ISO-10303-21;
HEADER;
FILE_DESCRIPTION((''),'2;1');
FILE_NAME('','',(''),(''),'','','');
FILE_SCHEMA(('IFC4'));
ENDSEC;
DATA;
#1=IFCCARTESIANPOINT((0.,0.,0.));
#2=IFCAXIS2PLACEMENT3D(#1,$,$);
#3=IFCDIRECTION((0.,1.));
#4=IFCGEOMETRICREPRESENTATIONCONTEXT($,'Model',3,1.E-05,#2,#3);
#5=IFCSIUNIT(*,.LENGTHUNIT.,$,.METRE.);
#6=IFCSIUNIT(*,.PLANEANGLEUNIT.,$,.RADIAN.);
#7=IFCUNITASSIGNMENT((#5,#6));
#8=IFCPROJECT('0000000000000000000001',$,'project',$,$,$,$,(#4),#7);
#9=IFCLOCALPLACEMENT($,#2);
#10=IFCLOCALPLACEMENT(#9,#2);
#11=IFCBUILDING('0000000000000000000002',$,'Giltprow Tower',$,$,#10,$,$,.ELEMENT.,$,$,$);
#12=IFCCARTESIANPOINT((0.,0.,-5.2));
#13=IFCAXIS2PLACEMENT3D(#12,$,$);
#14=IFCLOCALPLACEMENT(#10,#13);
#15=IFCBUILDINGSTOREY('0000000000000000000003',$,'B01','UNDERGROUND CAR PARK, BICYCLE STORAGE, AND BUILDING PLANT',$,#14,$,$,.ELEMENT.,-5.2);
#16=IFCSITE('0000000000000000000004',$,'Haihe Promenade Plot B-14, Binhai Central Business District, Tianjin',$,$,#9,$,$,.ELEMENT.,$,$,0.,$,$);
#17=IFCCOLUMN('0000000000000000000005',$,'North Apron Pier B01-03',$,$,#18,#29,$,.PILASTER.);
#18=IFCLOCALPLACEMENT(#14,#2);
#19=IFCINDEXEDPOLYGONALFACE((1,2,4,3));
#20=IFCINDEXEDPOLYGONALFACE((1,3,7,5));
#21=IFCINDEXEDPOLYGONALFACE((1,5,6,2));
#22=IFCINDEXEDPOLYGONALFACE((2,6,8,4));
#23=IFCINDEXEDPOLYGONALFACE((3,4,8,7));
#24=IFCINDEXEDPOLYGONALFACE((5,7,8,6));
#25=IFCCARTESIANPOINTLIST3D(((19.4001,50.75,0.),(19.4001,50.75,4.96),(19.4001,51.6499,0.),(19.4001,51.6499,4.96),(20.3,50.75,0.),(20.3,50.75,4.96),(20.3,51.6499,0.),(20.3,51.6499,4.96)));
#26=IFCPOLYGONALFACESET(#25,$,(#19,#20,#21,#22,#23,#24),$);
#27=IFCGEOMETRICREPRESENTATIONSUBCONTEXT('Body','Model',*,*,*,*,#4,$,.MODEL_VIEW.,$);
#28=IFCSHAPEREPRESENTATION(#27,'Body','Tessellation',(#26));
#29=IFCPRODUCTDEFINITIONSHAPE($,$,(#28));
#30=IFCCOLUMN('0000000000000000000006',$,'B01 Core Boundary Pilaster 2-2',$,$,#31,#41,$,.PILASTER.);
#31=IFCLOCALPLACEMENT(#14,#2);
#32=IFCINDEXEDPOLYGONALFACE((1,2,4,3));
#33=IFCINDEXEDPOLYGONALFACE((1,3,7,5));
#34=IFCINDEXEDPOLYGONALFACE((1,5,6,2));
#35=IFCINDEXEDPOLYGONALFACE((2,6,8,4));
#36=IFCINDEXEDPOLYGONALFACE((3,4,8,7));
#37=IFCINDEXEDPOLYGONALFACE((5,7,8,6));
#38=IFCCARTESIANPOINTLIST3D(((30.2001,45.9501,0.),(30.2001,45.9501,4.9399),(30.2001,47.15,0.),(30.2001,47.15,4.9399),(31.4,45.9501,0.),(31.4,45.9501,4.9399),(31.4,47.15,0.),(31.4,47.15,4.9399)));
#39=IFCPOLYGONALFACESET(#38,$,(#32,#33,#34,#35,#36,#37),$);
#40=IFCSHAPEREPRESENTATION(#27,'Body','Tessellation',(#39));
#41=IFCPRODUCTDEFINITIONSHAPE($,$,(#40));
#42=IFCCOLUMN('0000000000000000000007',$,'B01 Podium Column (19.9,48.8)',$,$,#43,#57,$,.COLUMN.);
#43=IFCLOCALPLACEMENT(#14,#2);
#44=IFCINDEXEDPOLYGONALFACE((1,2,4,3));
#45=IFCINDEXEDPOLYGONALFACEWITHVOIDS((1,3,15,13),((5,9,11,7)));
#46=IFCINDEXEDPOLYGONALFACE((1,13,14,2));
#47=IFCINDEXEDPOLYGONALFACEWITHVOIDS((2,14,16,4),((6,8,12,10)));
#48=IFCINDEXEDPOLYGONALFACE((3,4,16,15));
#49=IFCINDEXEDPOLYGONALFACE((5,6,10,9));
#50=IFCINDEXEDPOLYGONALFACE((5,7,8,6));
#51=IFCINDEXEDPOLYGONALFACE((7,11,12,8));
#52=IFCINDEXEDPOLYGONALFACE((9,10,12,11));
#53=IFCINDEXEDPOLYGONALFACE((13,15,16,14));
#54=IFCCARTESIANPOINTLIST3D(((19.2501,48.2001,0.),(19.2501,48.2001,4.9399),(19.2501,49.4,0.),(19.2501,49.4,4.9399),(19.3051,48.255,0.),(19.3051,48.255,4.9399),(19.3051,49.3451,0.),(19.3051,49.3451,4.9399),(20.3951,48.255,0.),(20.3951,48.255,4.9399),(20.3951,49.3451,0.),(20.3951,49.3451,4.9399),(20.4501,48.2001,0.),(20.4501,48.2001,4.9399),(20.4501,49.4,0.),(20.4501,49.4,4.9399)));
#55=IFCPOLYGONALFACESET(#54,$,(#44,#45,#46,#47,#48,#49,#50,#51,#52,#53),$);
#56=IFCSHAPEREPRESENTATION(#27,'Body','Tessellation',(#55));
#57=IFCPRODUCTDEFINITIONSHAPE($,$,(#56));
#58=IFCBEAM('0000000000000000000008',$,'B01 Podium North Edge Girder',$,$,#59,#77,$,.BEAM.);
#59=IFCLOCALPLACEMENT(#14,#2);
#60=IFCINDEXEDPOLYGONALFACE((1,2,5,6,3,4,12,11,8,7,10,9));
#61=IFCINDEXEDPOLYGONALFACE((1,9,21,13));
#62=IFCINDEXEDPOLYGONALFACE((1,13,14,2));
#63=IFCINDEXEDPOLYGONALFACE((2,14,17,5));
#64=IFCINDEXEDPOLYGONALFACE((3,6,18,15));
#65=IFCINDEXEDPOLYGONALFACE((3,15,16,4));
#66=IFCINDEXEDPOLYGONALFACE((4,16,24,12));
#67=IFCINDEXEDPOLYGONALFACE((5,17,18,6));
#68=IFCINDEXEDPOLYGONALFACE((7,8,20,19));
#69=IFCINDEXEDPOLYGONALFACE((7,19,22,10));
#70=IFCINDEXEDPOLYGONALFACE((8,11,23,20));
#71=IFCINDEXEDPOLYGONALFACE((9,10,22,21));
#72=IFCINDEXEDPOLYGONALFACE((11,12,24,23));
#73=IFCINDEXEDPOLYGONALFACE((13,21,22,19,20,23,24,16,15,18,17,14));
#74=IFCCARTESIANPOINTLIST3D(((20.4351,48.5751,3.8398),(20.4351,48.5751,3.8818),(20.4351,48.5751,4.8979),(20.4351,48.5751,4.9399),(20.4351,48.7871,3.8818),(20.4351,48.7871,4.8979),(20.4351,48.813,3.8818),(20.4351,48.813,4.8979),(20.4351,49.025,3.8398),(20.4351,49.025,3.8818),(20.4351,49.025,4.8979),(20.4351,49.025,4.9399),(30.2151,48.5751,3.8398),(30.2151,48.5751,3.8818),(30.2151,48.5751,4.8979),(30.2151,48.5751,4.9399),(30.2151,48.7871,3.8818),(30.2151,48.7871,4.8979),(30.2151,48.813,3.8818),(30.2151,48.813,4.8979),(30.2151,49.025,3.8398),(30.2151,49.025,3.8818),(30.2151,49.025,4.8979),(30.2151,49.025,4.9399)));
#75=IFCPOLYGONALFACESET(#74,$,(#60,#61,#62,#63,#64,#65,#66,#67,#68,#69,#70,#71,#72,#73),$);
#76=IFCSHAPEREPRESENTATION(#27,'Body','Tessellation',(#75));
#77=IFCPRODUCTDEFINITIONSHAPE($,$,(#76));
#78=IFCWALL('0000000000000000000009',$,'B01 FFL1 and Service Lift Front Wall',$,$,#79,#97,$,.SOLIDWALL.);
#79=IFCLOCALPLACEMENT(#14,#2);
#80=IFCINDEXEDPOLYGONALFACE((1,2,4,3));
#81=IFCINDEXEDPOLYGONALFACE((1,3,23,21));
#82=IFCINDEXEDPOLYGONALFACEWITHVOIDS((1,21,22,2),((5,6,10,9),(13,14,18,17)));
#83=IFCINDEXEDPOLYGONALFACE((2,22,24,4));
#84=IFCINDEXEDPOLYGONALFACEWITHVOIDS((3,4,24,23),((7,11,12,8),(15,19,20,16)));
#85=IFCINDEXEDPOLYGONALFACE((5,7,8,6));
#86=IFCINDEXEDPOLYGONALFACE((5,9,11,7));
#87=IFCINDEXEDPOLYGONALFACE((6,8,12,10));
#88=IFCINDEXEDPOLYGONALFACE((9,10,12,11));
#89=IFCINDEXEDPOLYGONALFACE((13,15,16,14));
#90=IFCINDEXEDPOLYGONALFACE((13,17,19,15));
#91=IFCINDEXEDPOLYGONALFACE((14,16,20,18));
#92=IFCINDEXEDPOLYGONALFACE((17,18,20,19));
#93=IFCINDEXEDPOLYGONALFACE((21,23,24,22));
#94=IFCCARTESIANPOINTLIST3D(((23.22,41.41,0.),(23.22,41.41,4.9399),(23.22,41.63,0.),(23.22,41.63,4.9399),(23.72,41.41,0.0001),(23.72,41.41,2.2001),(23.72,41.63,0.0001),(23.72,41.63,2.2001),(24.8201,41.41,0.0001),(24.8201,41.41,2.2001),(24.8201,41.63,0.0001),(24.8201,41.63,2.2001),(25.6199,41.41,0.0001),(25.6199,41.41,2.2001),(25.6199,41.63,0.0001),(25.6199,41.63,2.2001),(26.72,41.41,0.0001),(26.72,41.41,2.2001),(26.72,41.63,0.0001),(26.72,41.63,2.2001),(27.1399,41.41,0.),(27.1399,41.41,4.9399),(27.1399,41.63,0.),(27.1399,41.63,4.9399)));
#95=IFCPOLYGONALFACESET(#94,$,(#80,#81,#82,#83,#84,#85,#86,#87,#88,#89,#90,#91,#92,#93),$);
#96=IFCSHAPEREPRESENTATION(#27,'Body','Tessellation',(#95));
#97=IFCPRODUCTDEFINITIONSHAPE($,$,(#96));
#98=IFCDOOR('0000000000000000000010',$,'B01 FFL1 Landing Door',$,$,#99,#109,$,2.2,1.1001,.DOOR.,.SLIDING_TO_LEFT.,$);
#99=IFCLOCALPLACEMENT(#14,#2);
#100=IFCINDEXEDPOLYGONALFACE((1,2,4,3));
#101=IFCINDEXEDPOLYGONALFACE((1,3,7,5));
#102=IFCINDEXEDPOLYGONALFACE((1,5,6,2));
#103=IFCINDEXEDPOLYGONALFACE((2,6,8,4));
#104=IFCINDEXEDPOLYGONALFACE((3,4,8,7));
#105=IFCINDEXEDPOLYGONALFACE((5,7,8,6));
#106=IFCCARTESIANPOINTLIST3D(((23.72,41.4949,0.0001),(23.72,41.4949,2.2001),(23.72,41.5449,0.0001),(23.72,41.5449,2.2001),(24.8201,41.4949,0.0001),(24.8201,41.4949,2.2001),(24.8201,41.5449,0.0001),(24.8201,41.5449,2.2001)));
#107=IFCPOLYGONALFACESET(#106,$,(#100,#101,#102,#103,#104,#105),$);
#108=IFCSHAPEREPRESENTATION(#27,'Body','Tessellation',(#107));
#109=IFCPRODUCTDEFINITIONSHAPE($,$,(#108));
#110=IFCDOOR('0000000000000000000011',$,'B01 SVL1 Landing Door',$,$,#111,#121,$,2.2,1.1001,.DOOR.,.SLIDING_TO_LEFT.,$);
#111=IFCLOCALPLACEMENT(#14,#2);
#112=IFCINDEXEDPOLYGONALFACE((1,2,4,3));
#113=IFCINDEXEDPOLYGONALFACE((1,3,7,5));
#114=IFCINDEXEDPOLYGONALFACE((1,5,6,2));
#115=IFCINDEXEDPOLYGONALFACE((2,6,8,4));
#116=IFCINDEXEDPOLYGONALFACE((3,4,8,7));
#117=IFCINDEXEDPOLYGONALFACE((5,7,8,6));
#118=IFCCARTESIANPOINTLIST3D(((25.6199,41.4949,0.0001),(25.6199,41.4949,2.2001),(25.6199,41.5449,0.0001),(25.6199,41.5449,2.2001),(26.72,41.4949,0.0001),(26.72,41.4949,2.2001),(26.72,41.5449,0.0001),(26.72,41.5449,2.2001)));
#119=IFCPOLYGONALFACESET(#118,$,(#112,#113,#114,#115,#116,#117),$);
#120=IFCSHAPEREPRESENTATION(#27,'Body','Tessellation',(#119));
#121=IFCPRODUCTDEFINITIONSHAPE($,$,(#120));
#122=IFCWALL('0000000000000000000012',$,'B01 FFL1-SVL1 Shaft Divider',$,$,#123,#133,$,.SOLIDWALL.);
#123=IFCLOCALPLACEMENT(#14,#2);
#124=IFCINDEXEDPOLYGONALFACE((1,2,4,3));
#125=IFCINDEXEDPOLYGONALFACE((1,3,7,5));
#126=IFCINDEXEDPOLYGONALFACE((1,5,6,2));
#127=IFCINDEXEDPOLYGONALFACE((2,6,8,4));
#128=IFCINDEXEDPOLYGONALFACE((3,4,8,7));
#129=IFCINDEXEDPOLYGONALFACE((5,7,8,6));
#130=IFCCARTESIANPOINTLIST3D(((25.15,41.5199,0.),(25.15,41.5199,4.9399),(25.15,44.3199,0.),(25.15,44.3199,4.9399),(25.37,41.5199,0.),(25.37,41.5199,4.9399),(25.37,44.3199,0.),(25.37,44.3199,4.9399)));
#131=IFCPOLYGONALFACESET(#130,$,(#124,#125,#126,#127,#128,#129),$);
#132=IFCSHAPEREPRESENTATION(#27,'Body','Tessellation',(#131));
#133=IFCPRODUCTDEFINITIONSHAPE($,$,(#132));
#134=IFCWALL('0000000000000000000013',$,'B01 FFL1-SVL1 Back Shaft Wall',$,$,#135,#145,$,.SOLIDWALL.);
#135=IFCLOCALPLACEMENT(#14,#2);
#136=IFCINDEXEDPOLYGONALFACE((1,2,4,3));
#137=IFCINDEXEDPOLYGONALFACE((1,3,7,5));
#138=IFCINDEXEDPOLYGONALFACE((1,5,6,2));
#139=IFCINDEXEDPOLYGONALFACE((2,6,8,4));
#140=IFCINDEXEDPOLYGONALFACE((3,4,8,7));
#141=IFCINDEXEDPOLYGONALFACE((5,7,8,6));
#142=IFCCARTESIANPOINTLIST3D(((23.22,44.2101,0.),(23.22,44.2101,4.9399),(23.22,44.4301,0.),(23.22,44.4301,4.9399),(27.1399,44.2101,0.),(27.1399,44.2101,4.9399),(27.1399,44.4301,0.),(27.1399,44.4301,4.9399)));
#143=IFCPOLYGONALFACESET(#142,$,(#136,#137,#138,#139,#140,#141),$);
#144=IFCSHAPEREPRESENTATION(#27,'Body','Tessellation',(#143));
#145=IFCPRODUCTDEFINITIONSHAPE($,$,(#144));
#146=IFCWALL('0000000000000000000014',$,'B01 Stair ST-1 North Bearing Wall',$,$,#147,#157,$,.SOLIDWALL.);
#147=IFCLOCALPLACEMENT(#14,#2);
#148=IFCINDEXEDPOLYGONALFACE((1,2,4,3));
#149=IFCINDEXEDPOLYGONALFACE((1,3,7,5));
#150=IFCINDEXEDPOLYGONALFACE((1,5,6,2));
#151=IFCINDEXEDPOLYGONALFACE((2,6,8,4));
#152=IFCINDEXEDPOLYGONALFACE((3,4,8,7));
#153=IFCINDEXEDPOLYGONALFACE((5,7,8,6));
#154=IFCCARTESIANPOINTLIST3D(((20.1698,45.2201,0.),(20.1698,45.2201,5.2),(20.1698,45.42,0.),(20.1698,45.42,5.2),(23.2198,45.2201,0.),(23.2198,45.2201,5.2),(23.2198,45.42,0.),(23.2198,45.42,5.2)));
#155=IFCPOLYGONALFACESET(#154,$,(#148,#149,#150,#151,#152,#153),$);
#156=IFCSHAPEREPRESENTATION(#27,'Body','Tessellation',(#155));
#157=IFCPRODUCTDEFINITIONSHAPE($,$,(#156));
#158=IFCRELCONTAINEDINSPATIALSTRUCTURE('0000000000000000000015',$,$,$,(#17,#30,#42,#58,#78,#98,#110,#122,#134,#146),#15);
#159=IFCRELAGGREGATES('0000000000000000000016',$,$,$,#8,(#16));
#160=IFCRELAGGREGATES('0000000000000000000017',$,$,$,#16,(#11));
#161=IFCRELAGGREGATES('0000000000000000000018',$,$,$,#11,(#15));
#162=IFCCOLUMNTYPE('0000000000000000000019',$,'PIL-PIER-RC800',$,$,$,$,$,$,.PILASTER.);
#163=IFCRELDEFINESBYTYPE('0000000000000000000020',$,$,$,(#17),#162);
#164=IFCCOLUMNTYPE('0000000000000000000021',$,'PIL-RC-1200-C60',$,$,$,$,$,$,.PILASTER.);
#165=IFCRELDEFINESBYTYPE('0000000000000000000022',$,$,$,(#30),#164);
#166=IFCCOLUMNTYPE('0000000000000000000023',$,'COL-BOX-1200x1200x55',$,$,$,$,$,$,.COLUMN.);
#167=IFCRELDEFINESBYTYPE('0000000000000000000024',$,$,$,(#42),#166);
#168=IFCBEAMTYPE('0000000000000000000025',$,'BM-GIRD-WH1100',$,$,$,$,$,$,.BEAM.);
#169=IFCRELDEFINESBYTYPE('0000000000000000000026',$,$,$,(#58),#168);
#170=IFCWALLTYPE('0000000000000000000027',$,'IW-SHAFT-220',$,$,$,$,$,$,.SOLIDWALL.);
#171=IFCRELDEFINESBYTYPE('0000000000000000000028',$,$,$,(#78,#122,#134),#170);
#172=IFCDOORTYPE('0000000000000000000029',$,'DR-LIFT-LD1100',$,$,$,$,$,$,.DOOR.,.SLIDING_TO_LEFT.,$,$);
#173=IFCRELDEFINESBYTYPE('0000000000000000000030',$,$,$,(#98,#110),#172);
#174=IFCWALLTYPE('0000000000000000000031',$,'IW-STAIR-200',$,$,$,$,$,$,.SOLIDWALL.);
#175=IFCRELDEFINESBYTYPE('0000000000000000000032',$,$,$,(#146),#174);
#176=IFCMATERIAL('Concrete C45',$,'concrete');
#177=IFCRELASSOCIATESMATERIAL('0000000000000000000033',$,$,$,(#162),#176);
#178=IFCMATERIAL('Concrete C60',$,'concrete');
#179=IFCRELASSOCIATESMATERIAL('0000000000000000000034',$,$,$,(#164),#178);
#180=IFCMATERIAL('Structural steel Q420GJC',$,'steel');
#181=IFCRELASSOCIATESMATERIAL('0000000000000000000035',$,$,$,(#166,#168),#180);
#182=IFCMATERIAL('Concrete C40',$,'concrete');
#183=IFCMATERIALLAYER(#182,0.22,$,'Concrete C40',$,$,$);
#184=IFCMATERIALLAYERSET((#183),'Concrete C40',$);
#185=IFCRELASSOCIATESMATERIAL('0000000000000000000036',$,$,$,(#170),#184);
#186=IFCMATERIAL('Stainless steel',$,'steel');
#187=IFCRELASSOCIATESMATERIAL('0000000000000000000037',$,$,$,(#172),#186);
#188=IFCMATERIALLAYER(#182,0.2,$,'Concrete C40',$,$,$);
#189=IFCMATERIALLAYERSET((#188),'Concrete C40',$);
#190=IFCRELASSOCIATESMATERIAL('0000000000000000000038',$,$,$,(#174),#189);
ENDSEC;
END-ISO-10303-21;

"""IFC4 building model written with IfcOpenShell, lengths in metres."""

from ifc_helpers import new_model, si_unit, direction, frame, frame_2d, origin, origin_2d, place, context, subcontext, project, spatial, rectangle, hollow_rectangle, i_section, extrude, source, transform, mapped, material, layer, layer_set, material_profile, profile_set, type_object, element, fill, save


model = new_model("IFC4")

# Units and contexts
model_context = context("Model", 3, precision=1e-05, world=origin(), true_north=direction((0.0, 1.0)))
body_context = subcontext(model_context, "Body", "Model", "MODEL_VIEW")
ifc_project = project(units=[si_unit("LENGTHUNIT", "METRE"), si_unit("PLANEANGLEUNIT", "RADIAN")], contexts=[model_context])

# Site, building, storey
site_placement = place(None, origin())
site = spatial("IfcSite", under=ifc_project, at=site_placement, Name="Haihe Promenade Plot B-14, Binhai Central Business District, Tianjin", CompositionType="ELEMENT", RefElevation=0.0)
building_placement = place(site_placement, origin())
building = spatial("IfcBuilding", under=site, at=building_placement, Name="Giltprow Tower", CompositionType="ELEMENT")
storey_placement = place(building_placement, frame((0.0, 0.0, -5.2)))
storey = spatial("IfcBuildingStorey", under=building, at=storey_placement, Name="B01", Description="UNDERGROUND CAR PARK, BICYCLE STORAGE, AND BUILDING PLANT", CompositionType="ELEMENT", Elevation=-5.2)

# Columns
ifc_material_1 = material(Name="Concrete C45", Category="concrete")
ifc_material_profile_1 = material_profile(ifc_material_1, rectangle(XDim=0.8999, YDim=0.8999, at=origin_2d()), Name="RC 900x900")
ifc_profile_set_1 = profile_set([ifc_material_profile_1], Name="Concrete C45")
column_type_1 = type_object("IfcColumnType", Name="PIL-PIER-RC800", PredefinedType="PILASTER", material=ifc_profile_set_1)
shared_shape_1 = source(origin(), body_context, "Body", "SweptSolid", [
    extrude(rectangle(XDim=0.8999, YDim=0.8999, at=origin_2d()), origin(), (0.0, 0.0, 1.0), 4.96),
])
column_1_placement = place(storey_placement, frame((19.8501, 51.2, 0.0), z_axis=(0.0, 0.0, 1.0), x_axis=(1.0, 0.0, 0.0)))
element("IfcColumn", 1, at=column_1_placement, inside=storey, type_object=column_type_1, Name="North Apron Pier B01-03", PredefinedType="PILASTER", context=body_context, shape_type="MappedRepresentation", body=[
    mapped(shared_shape_1, transform((0.0, 0.0, 0.0), x_axis=(1.0, 0.0, 0.0), y_axis=(0.0, 1.0, 0.0), z_axis=(0.0, 0.0, 1.0), scale=1.0)),
])
ifc_material_2 = material(Name="Concrete C60", Category="concrete")
ifc_material_profile_2 = material_profile(ifc_material_2, rectangle(XDim=1.2, YDim=1.2, at=origin_2d()), Name="RC 1200x1200")
ifc_profile_set_2 = profile_set([ifc_material_profile_2], Name="Concrete C60")
column_type_2 = type_object("IfcColumnType", Name="PIL-RC-1200-C60", PredefinedType="PILASTER", material=ifc_profile_set_2)
shared_shape_2 = source(origin(), body_context, "Body", "SweptSolid", [
    extrude(rectangle(XDim=1.2, YDim=1.2, at=origin_2d()), origin(), (0.0, 0.0, 1.0), 4.9399),
])
column_2_placement = place(storey_placement, frame((30.8, 46.55, 0.0), z_axis=(0.0, 0.0, 1.0), x_axis=(1.0, 0.0, 0.0)))
element("IfcColumn", 2, at=column_2_placement, inside=storey, type_object=column_type_2, Name="B01 Core Boundary Pilaster 2-2", PredefinedType="PILASTER", context=body_context, shape_type="MappedRepresentation", body=[
    mapped(shared_shape_2, transform((0.0, 0.0, 0.0), x_axis=(1.0, 0.0, 0.0), y_axis=(0.0, 1.0, 0.0), z_axis=(0.0, 0.0, 1.0), scale=1.0)),
])
ifc_material_3 = material(Name="Structural steel Q420GJC", Category="steel")
ifc_material_profile_3 = material_profile(ifc_material_3, hollow_rectangle(XDim=1.2, YDim=1.2, WallThickness=0.0549, at=origin_2d()), Name="BOX 1200x1200x55")
ifc_profile_set_3 = profile_set([ifc_material_profile_3], Name="Structural steel Q420GJC")
column_type_3 = type_object("IfcColumnType", Name="COL-BOX-1200x1200x55", PredefinedType="COLUMN", material=ifc_profile_set_3)
shared_shape_3 = source(origin(), body_context, "Body", "SweptSolid", [
    extrude(hollow_rectangle(XDim=1.2, YDim=1.2, WallThickness=0.0549, at=origin_2d()), origin(), (0.0, 0.0, 1.0), 4.9399),
])
column_3_placement = place(storey_placement, frame((19.8501, 48.8, 0.0), z_axis=(0.0, 0.0, 1.0), x_axis=(1.0, 0.0, 0.0)))
element("IfcColumn", 3, at=column_3_placement, inside=storey, type_object=column_type_3, Name="B01 Podium Column (19.9,48.8)", PredefinedType="COLUMN", context=body_context, shape_type="MappedRepresentation", body=[
    mapped(shared_shape_3, transform((0.0, 0.0, 0.0), x_axis=(1.0, 0.0, 0.0), y_axis=(0.0, 1.0, 0.0), z_axis=(0.0, 0.0, 1.0), scale=1.0)),
])

# Beam
ifc_material_profile_4 = material_profile(ifc_material_3, i_section(OverallWidth=0.45, OverallDepth=1.1001, WebThickness=0.0259, FlangeThickness=0.042, at=origin_2d()), Name="WH 1100x450x26x42")
ifc_profile_set_4 = profile_set([ifc_material_profile_4], Name="Structural steel Q420GJC")
beam_type = type_object("IfcBeamType", Name="BM-GIRD-WH1100", PredefinedType="BEAM", material=ifc_profile_set_4)
shared_shape_4 = source(origin(), body_context, "Body", "SweptSolid", [
    extrude(i_section(OverallWidth=0.45, OverallDepth=1.1001, WebThickness=0.0259, FlangeThickness=0.042, at=origin_2d()), origin(), (0.0, 0.0, 1.0), 9.78),
])
beam_placement = place(storey_placement, frame((20.4351, 48.8, 4.3899), z_axis=(1.0, 0.0, 0.0), x_axis=(0.0, 1.0, 0.0)))
element("IfcBeam", 4, at=beam_placement, inside=storey, type_object=beam_type, Name="B01 Podium North Edge Girder", PredefinedType="BEAM", context=body_context, shape_type="MappedRepresentation", body=[
    mapped(shared_shape_4, transform((0.0, 0.0, 0.0), x_axis=(1.0, 0.0, 0.0), y_axis=(0.0, 1.0, 0.0), z_axis=(0.0, 0.0, 1.0), scale=1.0)),
])

# Wall, openings, doors
ifc_material_4 = material(Name="Concrete C40", Category="concrete")
ifc_layer_1 = layer(ifc_material_4, 0.22, Name="Concrete C40")
ifc_layer_set_1 = layer_set([ifc_layer_1], Name="Concrete C40")
wall_type_1 = type_object("IfcWallType", Name="IW-SHAFT-220", PredefinedType="SOLIDWALL", material=ifc_layer_set_1)
wall_1_placement = place(storey_placement, frame((23.22, 41.52, 0.0), z_axis=(0.0, 0.0, 1.0), x_axis=(1.0, 0.0, 0.0)))
wall_1 = element("IfcWall", 5, at=wall_1_placement, inside=storey, type_object=wall_type_1, Name="B01 FFL1 and Service Lift Front Wall", PredefinedType="SOLIDWALL", context=body_context, shape_type="SweptSolid", body=[
    extrude(rectangle(XDim=3.9199, YDim=0.22, at=frame_2d((1.96, 0.0))), origin(), (0.0, 0.0, 1.0), 4.9399),
])
opening_1_placement = place(wall_1_placement, frame((0.5, 0.0, 0.0)))
opening_1 = element("IfcOpeningElement", 6, at=opening_1_placement, cuts=wall_1, PredefinedType="OPENING", context=body_context, shape_type="SweptSolid", body=[
    extrude(rectangle(XDim=1.1001, YDim=2.2, at=frame_2d((0.55, 1.1001))), frame((0.0, 0.1199, 0.0), z_axis=(0.0, -1.0, 0.0), x_axis=(1.0, 0.0, 0.0)), (0.0, 0.0, 1.0), 0.24),
])
opening_2_placement = place(wall_1_placement, frame((2.3999, 0.0, 0.0)))
opening_2 = element("IfcOpeningElement", 7, at=opening_2_placement, cuts=wall_1, PredefinedType="OPENING", context=body_context, shape_type="SweptSolid", body=[
    extrude(rectangle(XDim=1.1001, YDim=2.2, at=frame_2d((0.55, 1.1001))), frame((0.0, 0.1199, 0.0), z_axis=(0.0, -1.0, 0.0), x_axis=(1.0, 0.0, 0.0)), (0.0, 0.0, 1.0), 0.24),
])
ifc_material_5 = material(Name="Stainless steel", Category="steel")
door_type = type_object("IfcDoorType", Name="DR-LIFT-LD1100", OperationType="SLIDING_TO_LEFT", PredefinedType="DOOR", material=ifc_material_5)
shared_shape_5 = source(origin(), body_context, "Body", "SweptSolid", [
    extrude(rectangle(XDim=1.1001, YDim=2.2, at=frame_2d((0.55, 1.1001))), frame((0.0, 0.0249, 0.0), z_axis=(0.0, -1.0, 0.0), x_axis=(1.0, 0.0, 0.0)), (0.0, 0.0, 1.0), 0.05),
])
door_1_placement = place(opening_1_placement, origin())
door_1 = element("IfcDoor", 8, at=door_1_placement, inside=storey, type_object=door_type, Name="B01 FFL1 Landing Door", OperationType="SLIDING_TO_LEFT", OverallHeight=2.2, OverallWidth=1.1001, PredefinedType="DOOR", context=body_context, shape_type="MappedRepresentation", body=[
    mapped(shared_shape_5, transform((0.0, 0.0, 0.0), x_axis=(1.0, 0.0, 0.0), y_axis=(0.0, 1.0, 0.0), z_axis=(0.0, 0.0, 1.0), scale=1.0)),
])
fill(opening_1, door_1)
door_2_placement = place(opening_2_placement, origin())
door_2 = element("IfcDoor", 9, at=door_2_placement, inside=storey, type_object=door_type, Name="B01 SVL1 Landing Door", OperationType="SLIDING_TO_LEFT", OverallHeight=2.2, OverallWidth=1.1001, PredefinedType="DOOR", context=body_context, shape_type="MappedRepresentation", body=[
    mapped(shared_shape_5, transform((0.0, 0.0, 0.0), x_axis=(1.0, 0.0, 0.0), y_axis=(0.0, 1.0, 0.0), z_axis=(0.0, 0.0, 1.0), scale=1.0)),
])
fill(opening_2, door_2)

# Walls
wall_2_placement = place(storey_placement, frame((25.26, 41.52, 0.0), z_axis=(0.0, 0.0, 1.0), x_axis=(0.0, 1.0, 0.0)))
element("IfcWall", 10, at=wall_2_placement, inside=storey, type_object=wall_type_1, Name="B01 FFL1-SVL1 Shaft Divider", PredefinedType="SOLIDWALL", context=body_context, shape_type="SweptSolid", body=[
    extrude(rectangle(XDim=2.8, YDim=0.22, at=frame_2d((1.3999, 0.0))), origin(), (0.0, 0.0, 1.0), 4.9399),
])
wall_3_placement = place(storey_placement, frame((23.22, 44.3201, 0.0), z_axis=(0.0, 0.0, 1.0), x_axis=(1.0, 0.0, 0.0)))
element("IfcWall", 11, at=wall_3_placement, inside=storey, type_object=wall_type_1, Name="B01 FFL1-SVL1 Back Shaft Wall", PredefinedType="SOLIDWALL", context=body_context, shape_type="SweptSolid", body=[
    extrude(rectangle(XDim=3.9199, YDim=0.22, at=frame_2d((1.96, 0.0))), origin(), (0.0, 0.0, 1.0), 4.9399),
])
ifc_layer_2 = layer(ifc_material_4, 0.2, Name="Concrete C40")
ifc_layer_set_2 = layer_set([ifc_layer_2], Name="Concrete C40")
wall_type_2 = type_object("IfcWallType", Name="IW-STAIR-200", PredefinedType="SOLIDWALL", material=ifc_layer_set_2)
wall_4_placement = place(storey_placement, frame((20.1699, 45.3201, 0.0), z_axis=(0.0, 0.0, 1.0), x_axis=(1.0, 0.0, 0.0)))
element("IfcWall", 12, at=wall_4_placement, inside=storey, type_object=wall_type_2, Name="B01 Stair ST-1 North Bearing Wall", PredefinedType="SOLIDWALL", context=body_context, shape_type="SweptSolid", body=[
    extrude(rectangle(XDim=3.05, YDim=0.2, at=frame_2d((1.5249, 0.0))), origin(), (0.0, 0.0, 1.0), 5.2),
])

save(model, "model.ifc")
